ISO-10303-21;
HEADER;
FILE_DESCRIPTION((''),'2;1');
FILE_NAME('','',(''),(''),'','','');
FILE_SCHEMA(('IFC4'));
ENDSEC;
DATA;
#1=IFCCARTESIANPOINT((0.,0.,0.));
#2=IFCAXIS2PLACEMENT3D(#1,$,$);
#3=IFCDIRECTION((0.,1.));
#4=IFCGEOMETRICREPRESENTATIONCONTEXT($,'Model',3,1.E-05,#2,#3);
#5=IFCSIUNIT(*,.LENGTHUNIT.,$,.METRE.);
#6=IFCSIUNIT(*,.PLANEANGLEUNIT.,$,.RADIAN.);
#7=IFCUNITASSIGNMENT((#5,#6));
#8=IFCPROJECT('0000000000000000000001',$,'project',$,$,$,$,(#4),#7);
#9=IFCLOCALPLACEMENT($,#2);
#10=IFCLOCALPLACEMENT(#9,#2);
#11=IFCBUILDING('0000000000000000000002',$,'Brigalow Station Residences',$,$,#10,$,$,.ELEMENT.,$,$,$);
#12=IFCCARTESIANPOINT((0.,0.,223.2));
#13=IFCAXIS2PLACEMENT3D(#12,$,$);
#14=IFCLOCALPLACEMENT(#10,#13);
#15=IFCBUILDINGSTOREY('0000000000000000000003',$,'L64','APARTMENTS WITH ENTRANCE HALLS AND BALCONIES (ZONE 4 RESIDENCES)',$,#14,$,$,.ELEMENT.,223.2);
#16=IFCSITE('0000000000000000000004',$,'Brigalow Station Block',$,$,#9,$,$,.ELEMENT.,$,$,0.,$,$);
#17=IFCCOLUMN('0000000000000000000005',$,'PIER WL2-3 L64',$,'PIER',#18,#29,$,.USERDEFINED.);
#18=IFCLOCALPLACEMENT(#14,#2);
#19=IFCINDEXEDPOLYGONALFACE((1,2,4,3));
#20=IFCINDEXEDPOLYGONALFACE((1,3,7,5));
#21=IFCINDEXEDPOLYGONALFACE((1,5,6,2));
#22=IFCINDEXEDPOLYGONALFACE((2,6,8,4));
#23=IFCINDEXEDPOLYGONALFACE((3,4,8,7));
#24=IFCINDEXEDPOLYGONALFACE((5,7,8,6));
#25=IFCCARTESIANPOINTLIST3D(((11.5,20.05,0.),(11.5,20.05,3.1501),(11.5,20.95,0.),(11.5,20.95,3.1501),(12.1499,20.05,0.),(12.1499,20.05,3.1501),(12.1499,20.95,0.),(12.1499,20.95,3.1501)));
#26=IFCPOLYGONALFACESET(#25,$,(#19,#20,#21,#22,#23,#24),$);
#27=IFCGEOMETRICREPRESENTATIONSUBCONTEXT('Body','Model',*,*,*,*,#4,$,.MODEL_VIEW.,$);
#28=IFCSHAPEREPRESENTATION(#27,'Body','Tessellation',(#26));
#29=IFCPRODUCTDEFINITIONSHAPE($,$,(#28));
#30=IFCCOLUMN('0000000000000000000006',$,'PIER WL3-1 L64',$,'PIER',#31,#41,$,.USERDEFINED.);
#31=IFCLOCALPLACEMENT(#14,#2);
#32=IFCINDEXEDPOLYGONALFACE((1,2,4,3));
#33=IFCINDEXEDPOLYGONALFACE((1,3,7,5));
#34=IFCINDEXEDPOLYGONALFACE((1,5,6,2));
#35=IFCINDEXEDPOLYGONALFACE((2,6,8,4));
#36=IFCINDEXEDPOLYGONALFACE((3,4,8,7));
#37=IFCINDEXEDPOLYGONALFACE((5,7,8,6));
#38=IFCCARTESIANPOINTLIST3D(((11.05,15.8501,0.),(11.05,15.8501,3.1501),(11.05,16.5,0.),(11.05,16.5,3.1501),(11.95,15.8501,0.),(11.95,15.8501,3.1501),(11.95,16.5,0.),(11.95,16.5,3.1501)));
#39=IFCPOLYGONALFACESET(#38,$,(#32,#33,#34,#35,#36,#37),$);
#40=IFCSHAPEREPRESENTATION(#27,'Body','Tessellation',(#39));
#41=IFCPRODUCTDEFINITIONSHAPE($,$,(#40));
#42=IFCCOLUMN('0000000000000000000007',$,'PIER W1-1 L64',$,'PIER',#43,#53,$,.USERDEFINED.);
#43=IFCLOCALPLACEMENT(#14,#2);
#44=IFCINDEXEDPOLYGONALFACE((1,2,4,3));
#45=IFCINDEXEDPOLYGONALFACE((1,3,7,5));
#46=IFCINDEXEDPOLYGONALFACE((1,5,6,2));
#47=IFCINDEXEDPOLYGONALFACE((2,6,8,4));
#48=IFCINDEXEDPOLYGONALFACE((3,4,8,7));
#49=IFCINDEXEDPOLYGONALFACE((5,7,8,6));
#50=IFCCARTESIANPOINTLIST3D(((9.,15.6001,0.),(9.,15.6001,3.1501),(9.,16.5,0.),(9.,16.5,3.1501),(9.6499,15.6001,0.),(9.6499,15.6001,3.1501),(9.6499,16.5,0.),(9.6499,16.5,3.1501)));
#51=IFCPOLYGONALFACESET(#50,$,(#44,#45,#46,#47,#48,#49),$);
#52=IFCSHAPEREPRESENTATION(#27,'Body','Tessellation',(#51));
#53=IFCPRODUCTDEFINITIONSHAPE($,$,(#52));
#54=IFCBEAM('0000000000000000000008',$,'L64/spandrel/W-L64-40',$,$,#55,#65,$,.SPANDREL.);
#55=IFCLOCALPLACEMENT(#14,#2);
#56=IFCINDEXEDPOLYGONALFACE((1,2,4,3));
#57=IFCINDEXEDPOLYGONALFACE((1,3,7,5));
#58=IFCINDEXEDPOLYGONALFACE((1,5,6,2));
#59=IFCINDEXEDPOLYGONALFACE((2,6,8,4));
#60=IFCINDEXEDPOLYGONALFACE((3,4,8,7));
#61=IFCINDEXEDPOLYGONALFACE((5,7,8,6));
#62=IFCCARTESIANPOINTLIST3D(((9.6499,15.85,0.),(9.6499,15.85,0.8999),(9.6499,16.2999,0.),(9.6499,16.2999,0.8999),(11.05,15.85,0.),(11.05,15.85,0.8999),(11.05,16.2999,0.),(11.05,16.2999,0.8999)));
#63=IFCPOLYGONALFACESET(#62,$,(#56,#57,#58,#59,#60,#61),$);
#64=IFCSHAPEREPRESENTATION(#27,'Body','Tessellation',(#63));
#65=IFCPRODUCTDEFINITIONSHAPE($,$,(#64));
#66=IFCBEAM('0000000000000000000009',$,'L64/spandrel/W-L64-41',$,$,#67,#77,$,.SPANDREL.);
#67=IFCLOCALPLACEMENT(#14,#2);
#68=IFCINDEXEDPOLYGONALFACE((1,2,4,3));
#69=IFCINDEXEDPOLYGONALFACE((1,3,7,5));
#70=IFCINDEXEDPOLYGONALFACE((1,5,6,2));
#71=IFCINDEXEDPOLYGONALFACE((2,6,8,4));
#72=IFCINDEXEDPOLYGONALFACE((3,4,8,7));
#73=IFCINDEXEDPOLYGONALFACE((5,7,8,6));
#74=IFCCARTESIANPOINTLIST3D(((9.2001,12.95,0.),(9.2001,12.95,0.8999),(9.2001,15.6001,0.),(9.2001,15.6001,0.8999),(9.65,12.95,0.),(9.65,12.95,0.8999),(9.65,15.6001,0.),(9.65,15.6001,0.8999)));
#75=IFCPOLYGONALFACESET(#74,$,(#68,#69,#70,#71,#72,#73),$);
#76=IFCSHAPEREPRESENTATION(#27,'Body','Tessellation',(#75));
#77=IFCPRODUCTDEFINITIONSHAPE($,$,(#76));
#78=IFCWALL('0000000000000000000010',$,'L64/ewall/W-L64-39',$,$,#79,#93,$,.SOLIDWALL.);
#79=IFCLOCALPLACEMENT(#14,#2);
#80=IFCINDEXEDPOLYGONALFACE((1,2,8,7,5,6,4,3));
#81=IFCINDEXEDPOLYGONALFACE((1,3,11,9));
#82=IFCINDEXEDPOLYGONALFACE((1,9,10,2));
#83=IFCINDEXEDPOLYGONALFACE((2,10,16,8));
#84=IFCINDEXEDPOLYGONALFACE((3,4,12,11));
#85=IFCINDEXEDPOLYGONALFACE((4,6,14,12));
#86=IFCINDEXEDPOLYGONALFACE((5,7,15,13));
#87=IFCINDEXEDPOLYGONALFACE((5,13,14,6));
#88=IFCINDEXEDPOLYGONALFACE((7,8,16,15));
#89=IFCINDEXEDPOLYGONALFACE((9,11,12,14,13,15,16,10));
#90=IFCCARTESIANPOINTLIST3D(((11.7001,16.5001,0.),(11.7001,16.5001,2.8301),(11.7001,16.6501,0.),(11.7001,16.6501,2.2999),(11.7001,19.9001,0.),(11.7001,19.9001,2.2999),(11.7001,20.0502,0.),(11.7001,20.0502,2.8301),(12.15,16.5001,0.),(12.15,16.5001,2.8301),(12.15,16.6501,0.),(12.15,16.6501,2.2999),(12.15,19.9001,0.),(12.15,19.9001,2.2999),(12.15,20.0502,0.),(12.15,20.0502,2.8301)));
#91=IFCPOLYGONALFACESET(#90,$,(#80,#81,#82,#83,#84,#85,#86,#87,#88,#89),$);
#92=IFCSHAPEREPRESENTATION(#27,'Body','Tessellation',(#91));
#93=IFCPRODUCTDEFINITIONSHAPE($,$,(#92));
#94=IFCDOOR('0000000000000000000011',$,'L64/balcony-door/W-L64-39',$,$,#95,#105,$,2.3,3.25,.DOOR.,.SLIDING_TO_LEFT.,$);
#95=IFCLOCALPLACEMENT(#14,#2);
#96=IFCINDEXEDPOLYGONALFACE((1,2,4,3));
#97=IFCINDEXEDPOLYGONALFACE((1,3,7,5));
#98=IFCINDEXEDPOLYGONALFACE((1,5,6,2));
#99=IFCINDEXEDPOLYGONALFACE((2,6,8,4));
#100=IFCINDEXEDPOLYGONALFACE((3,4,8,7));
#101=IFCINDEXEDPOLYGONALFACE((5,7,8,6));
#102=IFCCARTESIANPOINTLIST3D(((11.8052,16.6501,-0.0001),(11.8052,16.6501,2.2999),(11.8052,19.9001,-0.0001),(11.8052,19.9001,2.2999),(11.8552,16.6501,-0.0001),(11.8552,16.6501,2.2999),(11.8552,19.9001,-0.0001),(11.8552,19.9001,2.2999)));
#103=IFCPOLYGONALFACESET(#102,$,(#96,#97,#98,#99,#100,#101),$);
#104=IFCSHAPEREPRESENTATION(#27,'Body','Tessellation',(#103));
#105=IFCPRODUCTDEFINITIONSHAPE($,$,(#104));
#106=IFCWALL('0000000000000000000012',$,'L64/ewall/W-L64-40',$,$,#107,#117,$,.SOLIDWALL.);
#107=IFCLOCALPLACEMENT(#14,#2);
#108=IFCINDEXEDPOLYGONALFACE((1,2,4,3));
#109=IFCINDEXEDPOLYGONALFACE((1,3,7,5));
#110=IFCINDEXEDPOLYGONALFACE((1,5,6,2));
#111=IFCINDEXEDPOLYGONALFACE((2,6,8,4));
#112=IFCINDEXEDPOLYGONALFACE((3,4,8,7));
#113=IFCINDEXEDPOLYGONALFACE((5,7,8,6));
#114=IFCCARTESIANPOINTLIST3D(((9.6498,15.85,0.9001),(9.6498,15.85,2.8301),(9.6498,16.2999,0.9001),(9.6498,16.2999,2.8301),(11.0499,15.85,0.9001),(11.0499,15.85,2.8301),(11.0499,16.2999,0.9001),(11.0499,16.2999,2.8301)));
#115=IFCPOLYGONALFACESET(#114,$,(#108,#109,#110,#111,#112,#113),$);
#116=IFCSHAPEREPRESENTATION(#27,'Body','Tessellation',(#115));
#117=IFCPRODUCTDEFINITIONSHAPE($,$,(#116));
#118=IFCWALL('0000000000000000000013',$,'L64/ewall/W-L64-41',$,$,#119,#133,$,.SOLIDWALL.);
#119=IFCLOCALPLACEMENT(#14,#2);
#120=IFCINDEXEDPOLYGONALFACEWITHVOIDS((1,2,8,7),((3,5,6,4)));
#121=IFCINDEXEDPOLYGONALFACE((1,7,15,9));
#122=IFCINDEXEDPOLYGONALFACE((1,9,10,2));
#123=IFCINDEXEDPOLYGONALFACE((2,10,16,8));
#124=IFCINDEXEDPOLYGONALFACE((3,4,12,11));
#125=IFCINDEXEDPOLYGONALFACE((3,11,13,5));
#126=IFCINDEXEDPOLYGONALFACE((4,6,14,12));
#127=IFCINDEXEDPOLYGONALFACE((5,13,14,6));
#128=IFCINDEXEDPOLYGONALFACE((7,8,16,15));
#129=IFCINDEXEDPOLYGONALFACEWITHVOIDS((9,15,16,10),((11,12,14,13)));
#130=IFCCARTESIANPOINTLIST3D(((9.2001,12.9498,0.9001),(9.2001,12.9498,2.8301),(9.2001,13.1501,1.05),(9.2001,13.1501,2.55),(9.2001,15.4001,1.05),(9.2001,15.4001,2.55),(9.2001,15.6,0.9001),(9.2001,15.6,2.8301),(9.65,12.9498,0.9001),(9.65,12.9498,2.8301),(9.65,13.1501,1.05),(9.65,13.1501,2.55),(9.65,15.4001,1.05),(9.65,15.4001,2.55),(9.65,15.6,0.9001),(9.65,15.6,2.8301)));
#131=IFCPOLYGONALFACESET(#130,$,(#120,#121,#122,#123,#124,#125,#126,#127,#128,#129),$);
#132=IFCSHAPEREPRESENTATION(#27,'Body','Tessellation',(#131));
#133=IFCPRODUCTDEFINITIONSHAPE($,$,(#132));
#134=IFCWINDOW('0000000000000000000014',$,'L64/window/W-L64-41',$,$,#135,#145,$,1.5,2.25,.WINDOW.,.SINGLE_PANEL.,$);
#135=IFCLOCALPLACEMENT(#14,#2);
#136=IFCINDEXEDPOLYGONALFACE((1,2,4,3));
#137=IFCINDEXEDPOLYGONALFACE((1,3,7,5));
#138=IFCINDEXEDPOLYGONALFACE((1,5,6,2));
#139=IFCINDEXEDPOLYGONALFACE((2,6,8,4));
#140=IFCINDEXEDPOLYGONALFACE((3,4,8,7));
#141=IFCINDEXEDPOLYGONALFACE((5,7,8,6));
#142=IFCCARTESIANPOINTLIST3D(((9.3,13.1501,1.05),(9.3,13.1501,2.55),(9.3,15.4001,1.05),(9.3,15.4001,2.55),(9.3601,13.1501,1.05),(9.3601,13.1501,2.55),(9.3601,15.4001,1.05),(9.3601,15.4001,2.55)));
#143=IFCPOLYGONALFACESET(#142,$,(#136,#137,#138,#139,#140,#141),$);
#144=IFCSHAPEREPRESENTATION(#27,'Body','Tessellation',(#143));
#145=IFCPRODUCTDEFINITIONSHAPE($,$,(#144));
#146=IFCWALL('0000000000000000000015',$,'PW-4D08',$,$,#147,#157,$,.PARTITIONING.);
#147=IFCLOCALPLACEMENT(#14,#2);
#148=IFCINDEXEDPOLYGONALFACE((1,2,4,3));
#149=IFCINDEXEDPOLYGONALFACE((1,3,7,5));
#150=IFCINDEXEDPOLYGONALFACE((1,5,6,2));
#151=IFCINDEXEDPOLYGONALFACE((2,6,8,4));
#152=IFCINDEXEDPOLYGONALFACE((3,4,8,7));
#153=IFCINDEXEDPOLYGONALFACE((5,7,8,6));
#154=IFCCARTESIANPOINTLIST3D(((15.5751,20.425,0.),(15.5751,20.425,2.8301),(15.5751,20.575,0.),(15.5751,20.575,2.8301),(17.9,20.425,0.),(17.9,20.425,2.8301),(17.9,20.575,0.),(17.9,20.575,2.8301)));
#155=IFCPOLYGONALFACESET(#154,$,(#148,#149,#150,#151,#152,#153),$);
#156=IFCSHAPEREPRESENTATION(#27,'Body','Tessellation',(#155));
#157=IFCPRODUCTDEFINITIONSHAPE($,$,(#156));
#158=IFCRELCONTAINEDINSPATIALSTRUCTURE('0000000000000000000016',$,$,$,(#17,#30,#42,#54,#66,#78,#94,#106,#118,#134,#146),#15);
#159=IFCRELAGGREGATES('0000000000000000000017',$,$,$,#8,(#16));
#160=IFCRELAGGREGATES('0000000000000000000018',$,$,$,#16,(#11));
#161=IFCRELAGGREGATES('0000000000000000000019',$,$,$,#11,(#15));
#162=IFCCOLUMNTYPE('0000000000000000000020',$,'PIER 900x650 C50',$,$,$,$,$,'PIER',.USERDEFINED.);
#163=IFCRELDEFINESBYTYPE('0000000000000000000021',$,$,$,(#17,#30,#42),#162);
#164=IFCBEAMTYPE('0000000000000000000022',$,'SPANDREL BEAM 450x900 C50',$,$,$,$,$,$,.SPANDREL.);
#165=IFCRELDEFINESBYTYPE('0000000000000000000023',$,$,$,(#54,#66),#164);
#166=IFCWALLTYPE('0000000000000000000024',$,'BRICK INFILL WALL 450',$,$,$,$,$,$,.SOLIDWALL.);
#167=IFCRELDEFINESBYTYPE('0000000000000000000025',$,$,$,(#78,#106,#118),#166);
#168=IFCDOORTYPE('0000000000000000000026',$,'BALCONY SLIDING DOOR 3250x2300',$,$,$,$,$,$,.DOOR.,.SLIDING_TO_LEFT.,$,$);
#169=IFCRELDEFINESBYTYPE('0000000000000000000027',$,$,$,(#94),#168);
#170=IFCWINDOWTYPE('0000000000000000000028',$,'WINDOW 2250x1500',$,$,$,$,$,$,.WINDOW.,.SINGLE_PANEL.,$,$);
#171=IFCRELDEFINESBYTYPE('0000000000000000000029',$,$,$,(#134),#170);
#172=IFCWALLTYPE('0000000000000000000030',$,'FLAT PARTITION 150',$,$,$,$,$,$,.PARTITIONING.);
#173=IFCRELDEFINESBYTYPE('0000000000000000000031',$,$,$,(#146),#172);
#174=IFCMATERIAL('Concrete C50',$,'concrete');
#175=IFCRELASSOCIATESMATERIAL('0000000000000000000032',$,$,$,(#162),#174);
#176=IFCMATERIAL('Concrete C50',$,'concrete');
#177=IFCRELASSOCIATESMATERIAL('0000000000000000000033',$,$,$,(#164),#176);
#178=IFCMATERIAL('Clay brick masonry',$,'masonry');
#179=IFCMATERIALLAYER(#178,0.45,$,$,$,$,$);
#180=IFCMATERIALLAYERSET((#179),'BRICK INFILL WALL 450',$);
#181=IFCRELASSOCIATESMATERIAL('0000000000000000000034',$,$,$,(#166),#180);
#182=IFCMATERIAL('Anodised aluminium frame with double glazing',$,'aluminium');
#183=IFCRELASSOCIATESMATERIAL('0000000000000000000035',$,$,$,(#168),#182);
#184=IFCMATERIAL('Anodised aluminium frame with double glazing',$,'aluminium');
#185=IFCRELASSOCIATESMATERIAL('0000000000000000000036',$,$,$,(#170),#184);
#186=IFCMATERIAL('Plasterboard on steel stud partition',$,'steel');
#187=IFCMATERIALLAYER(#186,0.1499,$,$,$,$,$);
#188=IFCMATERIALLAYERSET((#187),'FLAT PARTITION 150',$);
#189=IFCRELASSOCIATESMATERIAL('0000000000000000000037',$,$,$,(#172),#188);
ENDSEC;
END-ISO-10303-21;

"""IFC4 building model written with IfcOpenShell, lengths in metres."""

from ifc_helpers import new_model, si_unit, direction, frame, frame_2d, origin, origin_2d, place, context, subcontext, project, spatial, rectangle, extrude, material, layer, layer_set, material_profile, profile_set, type_object, element, fill, save


model = new_model("IFC4")

# Units and contexts
model_context = context("Model", 3, precision=1e-05, world=origin(), true_north=direction((0.0, 1.0)))
body_context = subcontext(model_context, "Body", "Model", "MODEL_VIEW")
ifc_project = project(units=[si_unit("LENGTHUNIT", "METRE"), si_unit("PLANEANGLEUNIT", "RADIAN")], contexts=[model_context])

# Site, building, storey
site_placement = place(None, origin())
site = spatial("IfcSite", under=ifc_project, at=site_placement, Name="Brigalow Station Block", CompositionType="ELEMENT", RefElevation=0.0)
building_placement = place(site_placement, origin())
building = spatial("IfcBuilding", under=site, at=building_placement, Name="Brigalow Station Residences", CompositionType="ELEMENT")
storey_placement = place(building_placement, frame((0.0, 0.0, 223.2)))
storey = spatial("IfcBuildingStorey", under=building, at=storey_placement, Name="L64", Description="APARTMENTS WITH ENTRANCE HALLS AND BALCONIES (ZONE 4 RESIDENCES)", CompositionType="ELEMENT", Elevation=223.2)

# Columns
ifc_material_1 = material(Name="Concrete C50", Category="concrete")
ifc_material_profile_1 = material_profile(ifc_material_1, rectangle(XDim=0.8999, YDim=0.6499, at=origin_2d()), Name="RC900x650")
ifc_profile_set_1 = profile_set([ifc_material_profile_1], Name="Concrete C50")
column_type = type_object("IfcColumnType", Name="PIER 900x650 C50", ElementType="PIER", PredefinedType="USERDEFINED", material=ifc_profile_set_1)
for number, where, z_axis, x_axis, name in (
    (1, (11.825, 20.5, 0.0), (0.0, 0.0, 1.0), (0.0, -1.0, 0.0), "PIER WL2-3 L64"),
    (2, (11.5, 16.175, 0.0), (0.0, 0.0, 1.0), (-1.0, 0.0, 0.0), "PIER WL3-1 L64"),
    (3, (9.325, 16.05, 0.0), (0.0, 0.0, 1.0), (0.0, -1.0, 0.0), "PIER W1-1 L64"),
):
    element("IfcColumn", number, at=place(storey_placement, frame(where, z_axis=z_axis, x_axis=x_axis)), inside=storey, type_object=column_type, Name=name, ObjectType="PIER", PredefinedType="USERDEFINED", context=body_context, shape_type="SweptSolid", body=[
        extrude(rectangle(XDim=0.8999, YDim=0.6499, at=origin_2d()), origin(), (0.0, 0.0, 1.0), 3.1501),
    ])

# Beams
ifc_material_2 = material(Name="Concrete C50", Category="concrete")
ifc_material_profile_2 = material_profile(ifc_material_2, rectangle(XDim=0.45, YDim=0.8999, at=origin_2d()), Name="RC450x900")
ifc_profile_set_2 = profile_set([ifc_material_profile_2], Name="Concrete C50")
beam_type = type_object("IfcBeamType", Name="SPANDREL BEAM 450x900 C50", PredefinedType="SPANDREL", material=ifc_profile_set_2)
beam_1_placement = place(storey_placement, frame((11.05, 16.075, 0.45), z_axis=(-1.0, 0.0, 0.0), x_axis=(0.0, -1.0, 0.0)))
element("IfcBeam", 4, at=beam_1_placement, inside=storey, type_object=beam_type, Name="L64/spandrel/W-L64-40", PredefinedType="SPANDREL", context=body_context, shape_type="SweptSolid", body=[
    extrude(rectangle(XDim=0.45, YDim=0.8999, at=origin_2d()), origin(), (0.0, 0.0, 1.0), 1.4001),
])
beam_2_placement = place(storey_placement, frame((9.425, 15.6001, 0.45), z_axis=(0.0, -1.0, 0.0), x_axis=(1.0, 0.0, 0.0)))
element("IfcBeam", 5, at=beam_2_placement, inside=storey, type_object=beam_type, Name="L64/spandrel/W-L64-41", PredefinedType="SPANDREL", context=body_context, shape_type="SweptSolid", body=[
    extrude(rectangle(XDim=0.45, YDim=0.8999, at=origin_2d()), origin(), (0.0, 0.0, 1.0), 2.6501),
])

# Wall, opening, door
ifc_material_3 = material(Name="Clay brick masonry", Category="masonry")
ifc_layer_1 = layer(ifc_material_3, 0.45)
ifc_layer_set_1 = layer_set([ifc_layer_1], Name="BRICK INFILL WALL 450")
wall_type_1 = type_object("IfcWallType", Name="BRICK INFILL WALL 450", PredefinedType="SOLIDWALL", material=ifc_layer_set_1)
wall_1_placement = place(storey_placement, frame((11.925, 20.05, 0.0), z_axis=(0.0, 0.0, 1.0), x_axis=(0.0, -1.0, 0.0)))
wall_1 = element("IfcWall", 6, at=wall_1_placement, inside=storey, type_object=wall_type_1, Name="L64/ewall/W-L64-39", PredefinedType="SOLIDWALL", context=body_context, shape_type="SweptSolid", body=[
    extrude(rectangle(XDim=3.55, YDim=0.45, at=frame_2d((1.7749, 0.0))), origin(), (0.0, 0.0, 1.0), 2.8301),
])
opening_1_placement = place(wall_1_placement, frame((0.1499, 0.0, 0.0)))
opening_1 = element("IfcOpeningElement", 7, at=opening_1_placement, cuts=wall_1, PredefinedType="OPENING", context=body_context, shape_type="SweptSolid", body=[
    extrude(rectangle(XDim=3.25, YDim=2.3, at=frame_2d((1.625, 1.1499))), frame((0.0, 0.2349, 0.0), z_axis=(0.0, -1.0, 0.0), x_axis=(1.0, 0.0, 0.0)), (0.0, 0.0, 1.0), 0.47),
])
ifc_material_4 = material(Name="Anodised aluminium frame with double glazing", Category="aluminium")
door_type_1 = type_object("IfcDoorType", Name="BALCONY SLIDING DOOR 3250x2300", OperationType="SLIDING_TO_LEFT", PredefinedType="DOOR", material=ifc_material_4)
door_1_placement = place(opening_1_placement, origin())
door_1 = element("IfcDoor", 8, at=door_1_placement, inside=storey, type_object=door_type_1, Name="L64/balcony-door/W-L64-39", OperationType="SLIDING_TO_LEFT", OverallHeight=2.3, OverallWidth=3.25, PredefinedType="DOOR", context=body_context, shape_type="SweptSolid", body=[
    extrude(rectangle(XDim=3.25, YDim=2.3, at=frame_2d((1.625, 1.1499))), frame((0.0, -0.0698, 0.0), z_axis=(0.0, -1.0, 0.0), x_axis=(1.0, 0.0, 0.0)), (0.0, 0.0, 1.0), 0.05),
])
fill(opening_1, door_1)

# Wall
wall_2_placement = place(storey_placement, frame((11.05, 16.075, 0.9001), z_axis=(0.0, 0.0, 1.0), x_axis=(-1.0, 0.0, 0.0)))
element("IfcWall", 9, at=wall_2_placement, inside=storey, type_object=wall_type_1, Name="L64/ewall/W-L64-40", PredefinedType="SOLIDWALL", context=body_context, shape_type="SweptSolid", body=[
    extrude(rectangle(XDim=1.4001, YDim=0.45, at=frame_2d((0.7002, 0.0))), origin(), (0.0, 0.0, 1.0), 1.9299),
])

# Wall, opening, window
wall_3_placement = place(storey_placement, frame((9.425, 15.6001, 0.9001), z_axis=(0.0, 0.0, 1.0), x_axis=(0.0, -1.0, 0.0)))
wall_3 = element("IfcWall", 10, at=wall_3_placement, inside=storey, type_object=wall_type_1, Name="L64/ewall/W-L64-41", PredefinedType="SOLIDWALL", context=body_context, shape_type="SweptSolid", body=[
    extrude(rectangle(XDim=2.6501, YDim=0.45, at=frame_2d((1.3252, 0.0))), origin(), (0.0, 0.0, 1.0), 1.9299),
])
opening_2_placement = place(wall_3_placement, frame((0.2, 0.0, 0.1499)))
opening_2 = element("IfcOpeningElement", 11, at=opening_2_placement, cuts=wall_3, PredefinedType="OPENING", context=body_context, shape_type="SweptSolid", body=[
    extrude(rectangle(XDim=2.25, YDim=1.5, at=frame_2d((1.125, 0.75))), frame((0.0, 0.2349, 0.0), z_axis=(0.0, -1.0, 0.0), x_axis=(1.0, 0.0, 0.0)), (0.0, 0.0, 1.0), 0.47),
])
ifc_material_5 = material(Name="Anodised aluminium frame with double glazing", Category="aluminium")
window_type = type_object("IfcWindowType", Name="WINDOW 2250x1500", PartitioningType="SINGLE_PANEL", PredefinedType="WINDOW", material=ifc_material_5)
window_placement = place(opening_2_placement, origin())
window = element("IfcWindow", 12, at=window_placement, inside=storey, type_object=window_type, Name="L64/window/W-L64-41", OverallHeight=1.5, OverallWidth=2.25, PartitioningType="SINGLE_PANEL", PredefinedType="WINDOW", context=body_context, shape_type="SweptSolid", body=[
    extrude(rectangle(XDim=2.25, YDim=1.5, at=frame_2d((1.125, 0.75))), frame((0.0, -0.0649, 0.0), z_axis=(0.0, -1.0, 0.0), x_axis=(1.0, 0.0, 0.0)), (0.0, 0.0, 1.0), 0.0601),
])
fill(opening_2, window)

# Wall
ifc_material_6 = material(Name="Plasterboard on steel stud partition", Category="steel")
ifc_layer_2 = layer(ifc_material_6, 0.1499)
ifc_layer_set_2 = layer_set([ifc_layer_2], Name="FLAT PARTITION 150")
wall_type_2 = type_object("IfcWallType", Name="FLAT PARTITION 150", PredefinedType="PARTITIONING", material=ifc_layer_set_2)
wall_4_placement = place(storey_placement, frame((15.575, 20.5, 0.0), z_axis=(0.0, 0.0, 1.0), x_axis=(1.0, 0.0, 0.0)))
element("IfcWall", 13, at=wall_4_placement, inside=storey, type_object=wall_type_2, Name="PW-4D08", PredefinedType="PARTITIONING", context=body_context, shape_type="SweptSolid", body=[
    extrude(rectangle(XDim=2.325, YDim=0.1499, at=frame_2d((1.1626, 0.0))), origin(), (0.0, 0.0, 1.0), 2.8301),
])

save(model, "model.ifc")
